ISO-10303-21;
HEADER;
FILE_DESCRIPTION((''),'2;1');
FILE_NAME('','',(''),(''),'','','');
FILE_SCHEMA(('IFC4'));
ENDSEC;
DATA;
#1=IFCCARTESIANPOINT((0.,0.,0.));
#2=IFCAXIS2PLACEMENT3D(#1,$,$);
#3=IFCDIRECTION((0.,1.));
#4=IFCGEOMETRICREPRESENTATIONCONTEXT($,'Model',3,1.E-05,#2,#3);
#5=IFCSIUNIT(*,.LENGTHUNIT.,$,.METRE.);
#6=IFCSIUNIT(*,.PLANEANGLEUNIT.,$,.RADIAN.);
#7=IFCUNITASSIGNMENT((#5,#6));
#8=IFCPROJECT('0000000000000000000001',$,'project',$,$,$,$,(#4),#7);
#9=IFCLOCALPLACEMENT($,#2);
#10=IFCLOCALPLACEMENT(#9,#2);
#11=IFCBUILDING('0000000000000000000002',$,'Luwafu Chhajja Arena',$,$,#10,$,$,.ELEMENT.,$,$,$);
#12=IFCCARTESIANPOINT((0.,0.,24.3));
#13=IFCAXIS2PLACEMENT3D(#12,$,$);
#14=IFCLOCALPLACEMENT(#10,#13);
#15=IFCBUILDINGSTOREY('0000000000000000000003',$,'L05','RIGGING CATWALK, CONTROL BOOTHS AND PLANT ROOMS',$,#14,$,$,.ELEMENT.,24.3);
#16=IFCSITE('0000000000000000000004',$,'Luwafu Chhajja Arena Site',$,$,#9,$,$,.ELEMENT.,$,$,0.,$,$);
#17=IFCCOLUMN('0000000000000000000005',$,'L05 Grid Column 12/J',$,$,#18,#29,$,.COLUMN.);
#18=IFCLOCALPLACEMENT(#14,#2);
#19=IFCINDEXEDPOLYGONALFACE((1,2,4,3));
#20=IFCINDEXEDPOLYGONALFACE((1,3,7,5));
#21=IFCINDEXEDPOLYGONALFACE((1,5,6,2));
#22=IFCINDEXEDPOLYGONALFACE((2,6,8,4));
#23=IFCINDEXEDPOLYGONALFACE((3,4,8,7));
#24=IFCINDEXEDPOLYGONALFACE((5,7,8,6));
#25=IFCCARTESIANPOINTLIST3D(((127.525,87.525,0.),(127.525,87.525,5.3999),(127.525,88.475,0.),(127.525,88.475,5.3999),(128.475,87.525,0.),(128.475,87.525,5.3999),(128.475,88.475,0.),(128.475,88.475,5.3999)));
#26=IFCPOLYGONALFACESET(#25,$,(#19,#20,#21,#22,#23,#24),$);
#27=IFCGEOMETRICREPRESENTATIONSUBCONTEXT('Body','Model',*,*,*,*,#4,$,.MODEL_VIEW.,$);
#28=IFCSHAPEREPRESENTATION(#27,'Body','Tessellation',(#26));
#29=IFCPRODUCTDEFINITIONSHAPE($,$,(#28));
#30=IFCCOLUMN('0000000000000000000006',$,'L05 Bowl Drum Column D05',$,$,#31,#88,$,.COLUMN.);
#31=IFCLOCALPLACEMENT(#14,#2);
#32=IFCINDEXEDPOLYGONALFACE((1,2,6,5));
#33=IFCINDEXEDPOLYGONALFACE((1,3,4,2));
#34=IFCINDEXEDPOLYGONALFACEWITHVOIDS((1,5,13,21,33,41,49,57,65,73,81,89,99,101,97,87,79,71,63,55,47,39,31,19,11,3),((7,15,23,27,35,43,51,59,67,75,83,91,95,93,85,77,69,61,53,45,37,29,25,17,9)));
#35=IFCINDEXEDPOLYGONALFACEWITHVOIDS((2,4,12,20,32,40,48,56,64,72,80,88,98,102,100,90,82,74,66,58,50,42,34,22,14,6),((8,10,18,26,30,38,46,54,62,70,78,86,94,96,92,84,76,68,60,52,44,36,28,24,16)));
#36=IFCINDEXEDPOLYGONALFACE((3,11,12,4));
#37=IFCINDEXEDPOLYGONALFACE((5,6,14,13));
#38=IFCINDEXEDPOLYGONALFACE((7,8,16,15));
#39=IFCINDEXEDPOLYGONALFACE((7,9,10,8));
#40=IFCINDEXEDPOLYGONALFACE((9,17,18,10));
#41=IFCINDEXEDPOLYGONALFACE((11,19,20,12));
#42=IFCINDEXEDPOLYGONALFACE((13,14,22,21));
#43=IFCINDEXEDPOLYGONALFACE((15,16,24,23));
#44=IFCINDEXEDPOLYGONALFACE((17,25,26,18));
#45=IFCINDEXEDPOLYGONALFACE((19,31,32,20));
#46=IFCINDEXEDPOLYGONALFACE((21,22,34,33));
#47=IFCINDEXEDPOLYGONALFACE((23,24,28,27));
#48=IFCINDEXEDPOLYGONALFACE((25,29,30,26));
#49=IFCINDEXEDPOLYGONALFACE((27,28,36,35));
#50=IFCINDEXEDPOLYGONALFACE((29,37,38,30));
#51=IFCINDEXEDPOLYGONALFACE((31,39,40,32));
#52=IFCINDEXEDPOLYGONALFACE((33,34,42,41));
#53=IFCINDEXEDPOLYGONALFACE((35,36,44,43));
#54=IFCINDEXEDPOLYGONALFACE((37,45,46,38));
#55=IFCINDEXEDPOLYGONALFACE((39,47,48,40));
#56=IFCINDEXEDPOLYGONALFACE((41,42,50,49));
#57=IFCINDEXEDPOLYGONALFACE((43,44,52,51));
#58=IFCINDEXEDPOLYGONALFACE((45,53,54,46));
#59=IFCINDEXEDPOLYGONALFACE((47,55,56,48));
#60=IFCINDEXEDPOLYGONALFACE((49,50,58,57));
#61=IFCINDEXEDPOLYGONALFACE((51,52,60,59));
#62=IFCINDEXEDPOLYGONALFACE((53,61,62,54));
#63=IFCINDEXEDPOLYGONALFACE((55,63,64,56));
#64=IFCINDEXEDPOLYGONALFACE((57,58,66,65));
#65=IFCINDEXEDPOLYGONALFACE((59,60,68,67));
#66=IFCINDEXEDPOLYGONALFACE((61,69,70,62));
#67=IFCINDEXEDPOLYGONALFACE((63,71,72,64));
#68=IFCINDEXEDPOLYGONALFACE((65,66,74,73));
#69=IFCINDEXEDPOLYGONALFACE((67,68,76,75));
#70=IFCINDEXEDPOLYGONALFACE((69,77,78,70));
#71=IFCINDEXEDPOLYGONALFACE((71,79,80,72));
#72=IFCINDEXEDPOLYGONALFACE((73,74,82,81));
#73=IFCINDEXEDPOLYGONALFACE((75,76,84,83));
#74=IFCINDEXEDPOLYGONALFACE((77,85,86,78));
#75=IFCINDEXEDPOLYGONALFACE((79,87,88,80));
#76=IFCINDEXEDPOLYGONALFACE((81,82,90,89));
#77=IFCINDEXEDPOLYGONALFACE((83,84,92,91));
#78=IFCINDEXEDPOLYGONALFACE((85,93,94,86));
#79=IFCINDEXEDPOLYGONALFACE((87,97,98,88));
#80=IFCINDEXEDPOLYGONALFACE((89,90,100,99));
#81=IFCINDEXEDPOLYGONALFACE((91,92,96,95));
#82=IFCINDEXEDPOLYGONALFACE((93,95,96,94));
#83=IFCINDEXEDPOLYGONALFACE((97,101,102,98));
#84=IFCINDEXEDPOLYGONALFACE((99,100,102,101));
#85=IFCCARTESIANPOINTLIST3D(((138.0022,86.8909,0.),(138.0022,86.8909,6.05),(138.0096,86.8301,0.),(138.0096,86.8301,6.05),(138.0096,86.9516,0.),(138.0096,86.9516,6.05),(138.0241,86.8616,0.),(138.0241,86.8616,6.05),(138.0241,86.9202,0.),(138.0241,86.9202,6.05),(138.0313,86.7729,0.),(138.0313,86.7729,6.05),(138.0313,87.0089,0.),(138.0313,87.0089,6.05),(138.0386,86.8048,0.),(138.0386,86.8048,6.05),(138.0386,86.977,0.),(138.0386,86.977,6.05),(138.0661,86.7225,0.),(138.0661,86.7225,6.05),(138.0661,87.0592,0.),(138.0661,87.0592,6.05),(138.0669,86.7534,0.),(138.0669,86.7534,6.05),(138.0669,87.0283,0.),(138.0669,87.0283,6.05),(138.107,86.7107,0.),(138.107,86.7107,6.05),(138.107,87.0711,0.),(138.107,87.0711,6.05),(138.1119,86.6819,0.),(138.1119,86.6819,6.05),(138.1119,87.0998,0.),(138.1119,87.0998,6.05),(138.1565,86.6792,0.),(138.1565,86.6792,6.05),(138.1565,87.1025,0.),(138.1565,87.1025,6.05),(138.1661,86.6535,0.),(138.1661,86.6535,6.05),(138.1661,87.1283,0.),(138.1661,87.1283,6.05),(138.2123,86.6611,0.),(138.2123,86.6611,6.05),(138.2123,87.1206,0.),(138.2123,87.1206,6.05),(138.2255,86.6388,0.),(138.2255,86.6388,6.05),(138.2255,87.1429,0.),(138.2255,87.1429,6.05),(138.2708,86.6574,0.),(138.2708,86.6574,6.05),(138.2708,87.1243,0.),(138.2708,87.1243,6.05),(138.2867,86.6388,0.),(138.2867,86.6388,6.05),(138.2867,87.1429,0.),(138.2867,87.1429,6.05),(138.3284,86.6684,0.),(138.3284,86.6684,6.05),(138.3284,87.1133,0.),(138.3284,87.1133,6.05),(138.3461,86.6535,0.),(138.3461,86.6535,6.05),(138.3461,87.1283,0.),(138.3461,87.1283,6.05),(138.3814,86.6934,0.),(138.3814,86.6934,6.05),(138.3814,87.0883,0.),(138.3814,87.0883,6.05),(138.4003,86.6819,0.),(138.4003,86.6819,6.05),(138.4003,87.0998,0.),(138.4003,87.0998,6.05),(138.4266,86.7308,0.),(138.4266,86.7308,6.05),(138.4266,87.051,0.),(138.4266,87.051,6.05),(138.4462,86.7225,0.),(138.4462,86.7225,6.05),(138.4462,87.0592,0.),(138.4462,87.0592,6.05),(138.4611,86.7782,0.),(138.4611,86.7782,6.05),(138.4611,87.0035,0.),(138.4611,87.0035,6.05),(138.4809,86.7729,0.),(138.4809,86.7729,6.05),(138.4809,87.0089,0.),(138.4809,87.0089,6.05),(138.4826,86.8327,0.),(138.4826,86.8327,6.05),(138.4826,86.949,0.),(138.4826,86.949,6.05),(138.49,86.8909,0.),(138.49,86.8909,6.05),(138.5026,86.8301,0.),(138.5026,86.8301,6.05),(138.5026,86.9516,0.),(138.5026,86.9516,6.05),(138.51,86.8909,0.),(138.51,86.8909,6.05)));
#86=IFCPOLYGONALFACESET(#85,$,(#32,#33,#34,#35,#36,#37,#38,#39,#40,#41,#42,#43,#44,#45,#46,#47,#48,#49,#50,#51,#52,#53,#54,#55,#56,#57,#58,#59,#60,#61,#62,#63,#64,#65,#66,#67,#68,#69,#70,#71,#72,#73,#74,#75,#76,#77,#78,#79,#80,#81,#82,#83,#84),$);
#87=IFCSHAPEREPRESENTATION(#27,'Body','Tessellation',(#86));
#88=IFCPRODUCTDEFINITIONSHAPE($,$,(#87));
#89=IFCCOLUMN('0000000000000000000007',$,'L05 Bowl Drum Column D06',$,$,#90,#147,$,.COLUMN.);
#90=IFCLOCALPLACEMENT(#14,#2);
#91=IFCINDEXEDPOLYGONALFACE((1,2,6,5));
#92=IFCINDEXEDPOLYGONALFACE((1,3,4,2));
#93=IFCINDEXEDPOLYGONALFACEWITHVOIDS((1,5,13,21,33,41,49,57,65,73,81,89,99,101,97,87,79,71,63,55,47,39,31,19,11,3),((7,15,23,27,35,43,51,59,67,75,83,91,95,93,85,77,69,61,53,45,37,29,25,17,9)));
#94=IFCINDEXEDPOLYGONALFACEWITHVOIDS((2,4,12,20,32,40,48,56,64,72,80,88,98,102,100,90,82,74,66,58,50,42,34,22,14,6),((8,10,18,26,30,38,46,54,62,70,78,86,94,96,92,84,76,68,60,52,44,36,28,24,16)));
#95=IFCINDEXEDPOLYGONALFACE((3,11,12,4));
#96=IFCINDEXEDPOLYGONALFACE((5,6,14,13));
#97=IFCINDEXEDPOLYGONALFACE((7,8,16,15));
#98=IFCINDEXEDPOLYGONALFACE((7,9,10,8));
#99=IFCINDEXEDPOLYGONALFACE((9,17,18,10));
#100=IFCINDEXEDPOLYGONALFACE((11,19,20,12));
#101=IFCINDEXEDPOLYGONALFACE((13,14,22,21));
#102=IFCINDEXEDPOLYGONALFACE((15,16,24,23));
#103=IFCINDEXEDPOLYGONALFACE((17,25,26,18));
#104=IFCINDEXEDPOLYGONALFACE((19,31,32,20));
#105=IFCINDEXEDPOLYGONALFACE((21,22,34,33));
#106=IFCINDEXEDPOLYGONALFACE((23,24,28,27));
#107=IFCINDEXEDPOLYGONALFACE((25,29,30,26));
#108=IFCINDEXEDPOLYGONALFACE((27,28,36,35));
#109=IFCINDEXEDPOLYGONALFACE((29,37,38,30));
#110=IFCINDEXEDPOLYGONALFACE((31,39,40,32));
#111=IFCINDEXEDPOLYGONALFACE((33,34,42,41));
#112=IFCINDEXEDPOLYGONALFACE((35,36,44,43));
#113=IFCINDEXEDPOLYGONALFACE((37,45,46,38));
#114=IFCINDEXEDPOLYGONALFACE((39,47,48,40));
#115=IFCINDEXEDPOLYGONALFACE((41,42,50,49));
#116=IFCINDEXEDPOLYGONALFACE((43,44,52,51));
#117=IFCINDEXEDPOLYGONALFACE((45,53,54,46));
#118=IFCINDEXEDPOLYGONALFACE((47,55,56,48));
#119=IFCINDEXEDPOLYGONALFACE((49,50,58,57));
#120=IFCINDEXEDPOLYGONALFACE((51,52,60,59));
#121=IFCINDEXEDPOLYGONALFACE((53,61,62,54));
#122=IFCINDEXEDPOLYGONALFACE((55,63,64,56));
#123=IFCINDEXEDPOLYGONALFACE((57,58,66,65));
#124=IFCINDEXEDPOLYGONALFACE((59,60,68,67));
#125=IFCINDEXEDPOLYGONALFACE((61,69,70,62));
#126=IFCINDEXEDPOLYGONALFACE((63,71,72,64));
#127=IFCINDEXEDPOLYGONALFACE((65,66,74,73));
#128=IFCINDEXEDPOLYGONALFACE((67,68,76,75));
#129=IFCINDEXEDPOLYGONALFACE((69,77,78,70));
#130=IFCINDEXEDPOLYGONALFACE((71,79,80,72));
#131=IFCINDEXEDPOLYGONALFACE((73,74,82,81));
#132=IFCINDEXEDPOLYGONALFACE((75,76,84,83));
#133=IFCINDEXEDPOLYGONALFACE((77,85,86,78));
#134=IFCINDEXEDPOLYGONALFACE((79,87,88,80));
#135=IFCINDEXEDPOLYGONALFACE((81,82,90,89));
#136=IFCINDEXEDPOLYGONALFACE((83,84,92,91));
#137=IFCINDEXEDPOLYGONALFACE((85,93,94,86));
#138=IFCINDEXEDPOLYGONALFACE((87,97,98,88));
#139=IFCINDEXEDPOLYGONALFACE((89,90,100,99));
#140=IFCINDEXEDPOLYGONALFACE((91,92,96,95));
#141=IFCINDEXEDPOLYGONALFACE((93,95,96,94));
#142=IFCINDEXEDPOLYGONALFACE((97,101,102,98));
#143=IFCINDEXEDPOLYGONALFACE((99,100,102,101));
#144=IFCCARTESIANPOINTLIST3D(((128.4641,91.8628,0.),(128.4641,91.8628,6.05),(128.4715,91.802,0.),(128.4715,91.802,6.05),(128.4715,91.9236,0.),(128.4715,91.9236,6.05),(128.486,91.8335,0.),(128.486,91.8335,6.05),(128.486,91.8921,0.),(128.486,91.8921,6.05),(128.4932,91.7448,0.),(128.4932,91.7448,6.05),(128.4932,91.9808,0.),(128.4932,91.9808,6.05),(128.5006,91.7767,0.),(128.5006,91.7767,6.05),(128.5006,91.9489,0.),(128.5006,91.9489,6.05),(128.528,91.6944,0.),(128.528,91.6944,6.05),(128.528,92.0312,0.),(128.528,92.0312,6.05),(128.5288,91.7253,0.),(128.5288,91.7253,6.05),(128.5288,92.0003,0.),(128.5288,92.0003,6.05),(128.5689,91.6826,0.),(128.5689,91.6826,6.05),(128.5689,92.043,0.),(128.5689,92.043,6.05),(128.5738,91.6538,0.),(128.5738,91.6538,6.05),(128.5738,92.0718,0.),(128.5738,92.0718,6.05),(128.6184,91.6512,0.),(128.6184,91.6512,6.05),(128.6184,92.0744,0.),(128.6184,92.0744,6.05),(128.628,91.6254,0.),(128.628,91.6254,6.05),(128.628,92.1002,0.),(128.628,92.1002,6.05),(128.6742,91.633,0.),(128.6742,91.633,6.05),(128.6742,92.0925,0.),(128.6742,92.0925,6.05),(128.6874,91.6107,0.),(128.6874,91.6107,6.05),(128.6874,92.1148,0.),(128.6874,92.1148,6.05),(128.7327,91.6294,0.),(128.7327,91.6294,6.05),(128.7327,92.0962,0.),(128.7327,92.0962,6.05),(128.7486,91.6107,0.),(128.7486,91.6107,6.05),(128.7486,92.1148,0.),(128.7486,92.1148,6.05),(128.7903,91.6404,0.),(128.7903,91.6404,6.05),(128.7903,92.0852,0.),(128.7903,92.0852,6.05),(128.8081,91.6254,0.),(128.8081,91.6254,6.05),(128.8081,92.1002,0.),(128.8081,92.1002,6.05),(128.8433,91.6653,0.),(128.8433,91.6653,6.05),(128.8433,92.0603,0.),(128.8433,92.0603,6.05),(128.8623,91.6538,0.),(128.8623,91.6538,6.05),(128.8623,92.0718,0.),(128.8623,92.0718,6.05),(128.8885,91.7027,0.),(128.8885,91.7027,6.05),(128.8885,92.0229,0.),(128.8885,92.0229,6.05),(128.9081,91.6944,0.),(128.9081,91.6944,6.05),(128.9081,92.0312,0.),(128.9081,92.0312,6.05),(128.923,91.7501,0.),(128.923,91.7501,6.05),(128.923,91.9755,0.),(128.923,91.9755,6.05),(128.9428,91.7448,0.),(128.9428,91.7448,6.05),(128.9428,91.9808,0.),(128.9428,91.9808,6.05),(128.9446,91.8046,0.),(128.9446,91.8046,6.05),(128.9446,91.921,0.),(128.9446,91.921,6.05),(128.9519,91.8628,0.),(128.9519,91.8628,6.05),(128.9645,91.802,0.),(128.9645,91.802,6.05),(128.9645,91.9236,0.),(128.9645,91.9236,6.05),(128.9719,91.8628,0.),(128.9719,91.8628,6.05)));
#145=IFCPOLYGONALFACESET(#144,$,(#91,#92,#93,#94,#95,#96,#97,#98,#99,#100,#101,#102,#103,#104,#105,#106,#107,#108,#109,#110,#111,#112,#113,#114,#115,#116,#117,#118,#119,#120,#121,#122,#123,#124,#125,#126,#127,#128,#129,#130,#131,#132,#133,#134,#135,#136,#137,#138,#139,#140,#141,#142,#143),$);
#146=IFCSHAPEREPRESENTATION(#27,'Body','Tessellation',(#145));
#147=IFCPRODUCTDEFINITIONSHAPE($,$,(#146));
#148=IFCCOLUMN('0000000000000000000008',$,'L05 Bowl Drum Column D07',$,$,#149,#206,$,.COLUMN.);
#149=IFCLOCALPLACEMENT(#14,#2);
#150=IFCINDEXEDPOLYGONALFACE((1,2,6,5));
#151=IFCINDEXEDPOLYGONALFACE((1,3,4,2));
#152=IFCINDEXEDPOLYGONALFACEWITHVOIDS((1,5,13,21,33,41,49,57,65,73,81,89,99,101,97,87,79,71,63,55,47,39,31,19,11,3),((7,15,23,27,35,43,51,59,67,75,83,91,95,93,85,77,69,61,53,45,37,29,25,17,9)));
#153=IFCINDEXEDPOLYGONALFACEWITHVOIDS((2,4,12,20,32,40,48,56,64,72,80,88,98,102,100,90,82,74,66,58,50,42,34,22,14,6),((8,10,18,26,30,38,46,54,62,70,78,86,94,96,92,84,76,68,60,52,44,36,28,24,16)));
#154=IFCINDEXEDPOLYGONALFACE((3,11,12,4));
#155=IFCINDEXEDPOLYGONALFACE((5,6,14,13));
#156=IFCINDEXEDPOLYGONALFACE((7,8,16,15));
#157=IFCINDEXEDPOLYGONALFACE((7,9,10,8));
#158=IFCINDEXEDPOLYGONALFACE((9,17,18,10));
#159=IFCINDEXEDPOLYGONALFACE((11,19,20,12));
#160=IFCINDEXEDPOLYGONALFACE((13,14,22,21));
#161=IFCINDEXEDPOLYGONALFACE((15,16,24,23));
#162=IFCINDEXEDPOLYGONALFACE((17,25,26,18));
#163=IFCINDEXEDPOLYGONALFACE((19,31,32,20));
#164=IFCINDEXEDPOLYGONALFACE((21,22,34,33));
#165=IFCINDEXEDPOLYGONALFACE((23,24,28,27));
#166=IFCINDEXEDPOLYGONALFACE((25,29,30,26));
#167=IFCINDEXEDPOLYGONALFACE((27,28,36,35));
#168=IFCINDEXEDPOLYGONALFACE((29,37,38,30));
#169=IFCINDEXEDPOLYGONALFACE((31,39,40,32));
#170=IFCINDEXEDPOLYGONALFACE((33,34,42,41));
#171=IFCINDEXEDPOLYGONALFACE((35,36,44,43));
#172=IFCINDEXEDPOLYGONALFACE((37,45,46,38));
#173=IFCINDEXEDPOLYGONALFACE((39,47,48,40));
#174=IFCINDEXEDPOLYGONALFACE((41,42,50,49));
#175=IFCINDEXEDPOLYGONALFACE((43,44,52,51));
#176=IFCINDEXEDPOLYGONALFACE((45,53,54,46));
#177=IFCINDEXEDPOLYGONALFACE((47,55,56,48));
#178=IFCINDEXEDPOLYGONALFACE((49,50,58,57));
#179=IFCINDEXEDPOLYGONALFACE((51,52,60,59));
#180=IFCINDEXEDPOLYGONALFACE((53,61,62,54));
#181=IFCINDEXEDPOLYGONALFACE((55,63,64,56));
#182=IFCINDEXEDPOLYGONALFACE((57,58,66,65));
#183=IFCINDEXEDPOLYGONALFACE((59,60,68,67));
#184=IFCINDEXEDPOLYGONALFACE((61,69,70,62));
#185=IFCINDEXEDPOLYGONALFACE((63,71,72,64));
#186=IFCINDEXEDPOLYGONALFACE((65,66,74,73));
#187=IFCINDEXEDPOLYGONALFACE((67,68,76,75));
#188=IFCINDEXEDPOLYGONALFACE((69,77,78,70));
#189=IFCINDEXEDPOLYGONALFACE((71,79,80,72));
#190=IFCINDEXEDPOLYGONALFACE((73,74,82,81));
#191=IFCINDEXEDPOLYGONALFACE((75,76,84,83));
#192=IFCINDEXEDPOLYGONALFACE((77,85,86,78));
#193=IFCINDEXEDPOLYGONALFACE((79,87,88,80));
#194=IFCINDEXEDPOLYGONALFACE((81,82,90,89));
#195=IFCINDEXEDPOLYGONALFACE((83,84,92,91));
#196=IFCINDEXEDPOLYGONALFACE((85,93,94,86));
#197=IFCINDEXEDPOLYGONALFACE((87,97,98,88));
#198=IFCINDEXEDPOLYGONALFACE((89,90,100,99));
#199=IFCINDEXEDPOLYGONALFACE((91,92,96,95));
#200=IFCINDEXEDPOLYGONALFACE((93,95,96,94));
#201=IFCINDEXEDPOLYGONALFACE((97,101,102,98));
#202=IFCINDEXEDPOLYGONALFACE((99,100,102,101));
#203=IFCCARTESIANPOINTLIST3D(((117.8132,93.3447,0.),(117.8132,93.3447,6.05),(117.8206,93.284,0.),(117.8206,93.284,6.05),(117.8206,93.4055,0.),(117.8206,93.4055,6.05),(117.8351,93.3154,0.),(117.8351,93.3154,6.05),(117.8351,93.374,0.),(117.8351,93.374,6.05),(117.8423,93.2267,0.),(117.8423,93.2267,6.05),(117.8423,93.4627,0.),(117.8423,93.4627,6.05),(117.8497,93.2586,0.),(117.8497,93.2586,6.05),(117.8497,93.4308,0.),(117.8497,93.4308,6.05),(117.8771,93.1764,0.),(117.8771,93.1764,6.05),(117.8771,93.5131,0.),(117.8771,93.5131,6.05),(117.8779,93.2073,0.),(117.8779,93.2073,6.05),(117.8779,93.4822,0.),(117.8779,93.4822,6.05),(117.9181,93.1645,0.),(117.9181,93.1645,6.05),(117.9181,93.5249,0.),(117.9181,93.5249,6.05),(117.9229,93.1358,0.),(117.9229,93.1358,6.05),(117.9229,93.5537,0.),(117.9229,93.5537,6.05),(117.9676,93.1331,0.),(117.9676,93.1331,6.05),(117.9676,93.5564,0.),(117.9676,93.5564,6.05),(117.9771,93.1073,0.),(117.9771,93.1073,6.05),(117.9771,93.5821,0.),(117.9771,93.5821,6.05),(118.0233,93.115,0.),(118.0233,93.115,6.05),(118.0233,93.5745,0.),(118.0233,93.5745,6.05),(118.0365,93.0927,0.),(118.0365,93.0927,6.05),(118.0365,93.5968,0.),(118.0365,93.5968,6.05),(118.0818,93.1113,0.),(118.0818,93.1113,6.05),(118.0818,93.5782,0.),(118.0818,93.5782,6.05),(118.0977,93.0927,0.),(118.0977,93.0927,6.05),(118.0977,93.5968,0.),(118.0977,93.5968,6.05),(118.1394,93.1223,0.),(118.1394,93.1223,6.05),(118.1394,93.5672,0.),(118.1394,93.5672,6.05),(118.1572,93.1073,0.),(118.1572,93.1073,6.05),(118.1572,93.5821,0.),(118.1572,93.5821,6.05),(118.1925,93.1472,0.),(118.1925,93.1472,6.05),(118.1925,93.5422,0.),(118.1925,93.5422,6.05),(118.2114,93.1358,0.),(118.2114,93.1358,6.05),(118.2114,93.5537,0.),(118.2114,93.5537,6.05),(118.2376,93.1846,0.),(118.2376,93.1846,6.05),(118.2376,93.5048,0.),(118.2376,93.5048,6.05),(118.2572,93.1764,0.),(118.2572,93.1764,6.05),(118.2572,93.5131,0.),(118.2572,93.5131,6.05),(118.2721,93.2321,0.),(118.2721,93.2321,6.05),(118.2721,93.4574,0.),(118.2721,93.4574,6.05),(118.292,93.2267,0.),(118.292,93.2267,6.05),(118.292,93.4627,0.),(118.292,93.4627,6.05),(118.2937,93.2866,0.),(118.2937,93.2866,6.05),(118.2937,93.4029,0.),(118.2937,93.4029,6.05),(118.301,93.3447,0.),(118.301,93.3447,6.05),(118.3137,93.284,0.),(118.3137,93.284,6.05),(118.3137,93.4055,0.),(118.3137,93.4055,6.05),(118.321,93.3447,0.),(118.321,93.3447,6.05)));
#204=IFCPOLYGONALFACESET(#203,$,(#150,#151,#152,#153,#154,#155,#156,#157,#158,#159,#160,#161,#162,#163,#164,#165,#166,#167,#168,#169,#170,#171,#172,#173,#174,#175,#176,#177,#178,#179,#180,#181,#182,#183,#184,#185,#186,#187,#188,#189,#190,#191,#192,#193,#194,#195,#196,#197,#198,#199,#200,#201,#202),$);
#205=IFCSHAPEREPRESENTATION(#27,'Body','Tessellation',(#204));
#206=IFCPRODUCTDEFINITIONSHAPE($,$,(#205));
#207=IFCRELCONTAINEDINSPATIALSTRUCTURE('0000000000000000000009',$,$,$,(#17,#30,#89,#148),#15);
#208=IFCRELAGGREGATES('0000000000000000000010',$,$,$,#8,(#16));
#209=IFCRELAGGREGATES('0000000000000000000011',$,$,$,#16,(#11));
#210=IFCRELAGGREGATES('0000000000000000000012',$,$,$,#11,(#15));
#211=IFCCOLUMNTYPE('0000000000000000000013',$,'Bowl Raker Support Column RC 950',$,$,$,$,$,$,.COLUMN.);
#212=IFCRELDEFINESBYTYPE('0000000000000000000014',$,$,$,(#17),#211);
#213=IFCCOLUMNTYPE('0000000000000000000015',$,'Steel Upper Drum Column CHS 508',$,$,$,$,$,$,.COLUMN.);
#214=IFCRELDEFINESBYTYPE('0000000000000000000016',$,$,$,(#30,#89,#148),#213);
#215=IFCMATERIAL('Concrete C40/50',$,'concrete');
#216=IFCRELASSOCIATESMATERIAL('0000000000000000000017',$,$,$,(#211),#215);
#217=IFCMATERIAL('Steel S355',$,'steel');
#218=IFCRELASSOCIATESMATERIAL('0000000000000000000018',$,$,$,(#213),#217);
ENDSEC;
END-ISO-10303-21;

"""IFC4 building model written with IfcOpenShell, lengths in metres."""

from ifc_helpers import new_model, si_unit, direction, frame, origin, origin_2d, place, context, subcontext, project, spatial, rectangle, hollow_circle, extrude, material, material_profile, profile_set, type_object, element, save


model = new_model("IFC4")

# Units and contexts
model_context = context("Model", 3, precision=1e-05, world=origin(), true_north=direction((0.0, 1.0)))
body_context = subcontext(model_context, "Body", "Model", "MODEL_VIEW")
ifc_project = project(units=[si_unit("LENGTHUNIT", "METRE"), si_unit("PLANEANGLEUNIT", "RADIAN")], contexts=[model_context])

# Site, building, storey
site_placement = place(None, origin())
site = spatial("IfcSite", under=ifc_project, at=site_placement, Name="Luwafu Chhajja Arena Site", CompositionType="ELEMENT", RefElevation=0.0)
building_placement = place(site_placement, origin())
building = spatial("IfcBuilding", under=site, at=building_placement, Name="Luwafu Chhajja Arena", CompositionType="ELEMENT")
storey_placement = place(building_placement, frame((0.0, 0.0, 24.3)))
storey = spatial("IfcBuildingStorey", under=building, at=storey_placement, Name="L05", Description="RIGGING CATWALK, CONTROL BOOTHS AND PLANT ROOMS", CompositionType="ELEMENT", Elevation=24.3)

# Columns
ifc_material_1 = material(Name="Concrete C40/50", Category="concrete")
ifc_material_profile_1 = material_profile(ifc_material_1, rectangle(XDim=0.95, YDim=0.95, at=origin_2d()), Name="RC 950x950")
ifc_profile_set_1 = profile_set([ifc_material_profile_1], Name="Concrete C40/50")
column_type_1 = type_object("IfcColumnType", Name="Bowl Raker Support Column RC 950", PredefinedType="COLUMN", material=ifc_profile_set_1)
column_placement = place(storey_placement, frame((128.0, 88.0, 0.0), z_axis=(0.0, 0.0, 1.0), x_axis=(1.0, 0.0, 0.0)))
element("IfcColumn", 1, at=column_placement, inside=storey, type_object=column_type_1, Name="L05 Grid Column 12/J", PredefinedType="COLUMN", context=body_context, shape_type="SweptSolid", body=[
    extrude(rectangle(XDim=0.95, YDim=0.95, at=origin_2d()), origin(), (0.0, 0.0, 1.0), 5.3999),
])
ifc_material_2 = material(Name="Steel S355", Category="steel")
ifc_material_profile_2 = material_profile(ifc_material_2, hollow_circle(Radius=0.2539, WallThickness=0.02, at=origin_2d()), Name="CHS 508x20")
ifc_profile_set_2 = profile_set([ifc_material_profile_2], Name="Steel S355")
column_type_2 = type_object("IfcColumnType", Name="Steel Upper Drum Column CHS 508", PredefinedType="COLUMN", material=ifc_profile_set_2)
for number, where, z_axis, x_axis, name in (
    (2, (138.2561, 86.8909, 0.0), (0.0, 0.0, 1.0), (1.0, 0.0, 0.0), "L05 Bowl Drum Column D05"),
    (3, (128.718, 91.8628, 0.0), (0.0, 0.0, 1.0), (1.0, 0.0, 0.0), "L05 Bowl Drum Column D06"),
    (4, (118.0671, 93.3447, 0.0), (0.0, 0.0, 1.0), (1.0, 0.0, 0.0), "L05 Bowl Drum Column D07"),
):
    element("IfcColumn", number, at=place(storey_placement, frame(where, z_axis=z_axis, x_axis=x_axis)), inside=storey, type_object=column_type_2, Name=name, PredefinedType="COLUMN", context=body_context, shape_type="SweptSolid", body=[
        extrude(hollow_circle(Radius=0.2539, WallThickness=0.02, at=origin_2d()), origin(), (0.0, 0.0, 1.0), 6.05),
    ])

save(model, "model.ifc")
